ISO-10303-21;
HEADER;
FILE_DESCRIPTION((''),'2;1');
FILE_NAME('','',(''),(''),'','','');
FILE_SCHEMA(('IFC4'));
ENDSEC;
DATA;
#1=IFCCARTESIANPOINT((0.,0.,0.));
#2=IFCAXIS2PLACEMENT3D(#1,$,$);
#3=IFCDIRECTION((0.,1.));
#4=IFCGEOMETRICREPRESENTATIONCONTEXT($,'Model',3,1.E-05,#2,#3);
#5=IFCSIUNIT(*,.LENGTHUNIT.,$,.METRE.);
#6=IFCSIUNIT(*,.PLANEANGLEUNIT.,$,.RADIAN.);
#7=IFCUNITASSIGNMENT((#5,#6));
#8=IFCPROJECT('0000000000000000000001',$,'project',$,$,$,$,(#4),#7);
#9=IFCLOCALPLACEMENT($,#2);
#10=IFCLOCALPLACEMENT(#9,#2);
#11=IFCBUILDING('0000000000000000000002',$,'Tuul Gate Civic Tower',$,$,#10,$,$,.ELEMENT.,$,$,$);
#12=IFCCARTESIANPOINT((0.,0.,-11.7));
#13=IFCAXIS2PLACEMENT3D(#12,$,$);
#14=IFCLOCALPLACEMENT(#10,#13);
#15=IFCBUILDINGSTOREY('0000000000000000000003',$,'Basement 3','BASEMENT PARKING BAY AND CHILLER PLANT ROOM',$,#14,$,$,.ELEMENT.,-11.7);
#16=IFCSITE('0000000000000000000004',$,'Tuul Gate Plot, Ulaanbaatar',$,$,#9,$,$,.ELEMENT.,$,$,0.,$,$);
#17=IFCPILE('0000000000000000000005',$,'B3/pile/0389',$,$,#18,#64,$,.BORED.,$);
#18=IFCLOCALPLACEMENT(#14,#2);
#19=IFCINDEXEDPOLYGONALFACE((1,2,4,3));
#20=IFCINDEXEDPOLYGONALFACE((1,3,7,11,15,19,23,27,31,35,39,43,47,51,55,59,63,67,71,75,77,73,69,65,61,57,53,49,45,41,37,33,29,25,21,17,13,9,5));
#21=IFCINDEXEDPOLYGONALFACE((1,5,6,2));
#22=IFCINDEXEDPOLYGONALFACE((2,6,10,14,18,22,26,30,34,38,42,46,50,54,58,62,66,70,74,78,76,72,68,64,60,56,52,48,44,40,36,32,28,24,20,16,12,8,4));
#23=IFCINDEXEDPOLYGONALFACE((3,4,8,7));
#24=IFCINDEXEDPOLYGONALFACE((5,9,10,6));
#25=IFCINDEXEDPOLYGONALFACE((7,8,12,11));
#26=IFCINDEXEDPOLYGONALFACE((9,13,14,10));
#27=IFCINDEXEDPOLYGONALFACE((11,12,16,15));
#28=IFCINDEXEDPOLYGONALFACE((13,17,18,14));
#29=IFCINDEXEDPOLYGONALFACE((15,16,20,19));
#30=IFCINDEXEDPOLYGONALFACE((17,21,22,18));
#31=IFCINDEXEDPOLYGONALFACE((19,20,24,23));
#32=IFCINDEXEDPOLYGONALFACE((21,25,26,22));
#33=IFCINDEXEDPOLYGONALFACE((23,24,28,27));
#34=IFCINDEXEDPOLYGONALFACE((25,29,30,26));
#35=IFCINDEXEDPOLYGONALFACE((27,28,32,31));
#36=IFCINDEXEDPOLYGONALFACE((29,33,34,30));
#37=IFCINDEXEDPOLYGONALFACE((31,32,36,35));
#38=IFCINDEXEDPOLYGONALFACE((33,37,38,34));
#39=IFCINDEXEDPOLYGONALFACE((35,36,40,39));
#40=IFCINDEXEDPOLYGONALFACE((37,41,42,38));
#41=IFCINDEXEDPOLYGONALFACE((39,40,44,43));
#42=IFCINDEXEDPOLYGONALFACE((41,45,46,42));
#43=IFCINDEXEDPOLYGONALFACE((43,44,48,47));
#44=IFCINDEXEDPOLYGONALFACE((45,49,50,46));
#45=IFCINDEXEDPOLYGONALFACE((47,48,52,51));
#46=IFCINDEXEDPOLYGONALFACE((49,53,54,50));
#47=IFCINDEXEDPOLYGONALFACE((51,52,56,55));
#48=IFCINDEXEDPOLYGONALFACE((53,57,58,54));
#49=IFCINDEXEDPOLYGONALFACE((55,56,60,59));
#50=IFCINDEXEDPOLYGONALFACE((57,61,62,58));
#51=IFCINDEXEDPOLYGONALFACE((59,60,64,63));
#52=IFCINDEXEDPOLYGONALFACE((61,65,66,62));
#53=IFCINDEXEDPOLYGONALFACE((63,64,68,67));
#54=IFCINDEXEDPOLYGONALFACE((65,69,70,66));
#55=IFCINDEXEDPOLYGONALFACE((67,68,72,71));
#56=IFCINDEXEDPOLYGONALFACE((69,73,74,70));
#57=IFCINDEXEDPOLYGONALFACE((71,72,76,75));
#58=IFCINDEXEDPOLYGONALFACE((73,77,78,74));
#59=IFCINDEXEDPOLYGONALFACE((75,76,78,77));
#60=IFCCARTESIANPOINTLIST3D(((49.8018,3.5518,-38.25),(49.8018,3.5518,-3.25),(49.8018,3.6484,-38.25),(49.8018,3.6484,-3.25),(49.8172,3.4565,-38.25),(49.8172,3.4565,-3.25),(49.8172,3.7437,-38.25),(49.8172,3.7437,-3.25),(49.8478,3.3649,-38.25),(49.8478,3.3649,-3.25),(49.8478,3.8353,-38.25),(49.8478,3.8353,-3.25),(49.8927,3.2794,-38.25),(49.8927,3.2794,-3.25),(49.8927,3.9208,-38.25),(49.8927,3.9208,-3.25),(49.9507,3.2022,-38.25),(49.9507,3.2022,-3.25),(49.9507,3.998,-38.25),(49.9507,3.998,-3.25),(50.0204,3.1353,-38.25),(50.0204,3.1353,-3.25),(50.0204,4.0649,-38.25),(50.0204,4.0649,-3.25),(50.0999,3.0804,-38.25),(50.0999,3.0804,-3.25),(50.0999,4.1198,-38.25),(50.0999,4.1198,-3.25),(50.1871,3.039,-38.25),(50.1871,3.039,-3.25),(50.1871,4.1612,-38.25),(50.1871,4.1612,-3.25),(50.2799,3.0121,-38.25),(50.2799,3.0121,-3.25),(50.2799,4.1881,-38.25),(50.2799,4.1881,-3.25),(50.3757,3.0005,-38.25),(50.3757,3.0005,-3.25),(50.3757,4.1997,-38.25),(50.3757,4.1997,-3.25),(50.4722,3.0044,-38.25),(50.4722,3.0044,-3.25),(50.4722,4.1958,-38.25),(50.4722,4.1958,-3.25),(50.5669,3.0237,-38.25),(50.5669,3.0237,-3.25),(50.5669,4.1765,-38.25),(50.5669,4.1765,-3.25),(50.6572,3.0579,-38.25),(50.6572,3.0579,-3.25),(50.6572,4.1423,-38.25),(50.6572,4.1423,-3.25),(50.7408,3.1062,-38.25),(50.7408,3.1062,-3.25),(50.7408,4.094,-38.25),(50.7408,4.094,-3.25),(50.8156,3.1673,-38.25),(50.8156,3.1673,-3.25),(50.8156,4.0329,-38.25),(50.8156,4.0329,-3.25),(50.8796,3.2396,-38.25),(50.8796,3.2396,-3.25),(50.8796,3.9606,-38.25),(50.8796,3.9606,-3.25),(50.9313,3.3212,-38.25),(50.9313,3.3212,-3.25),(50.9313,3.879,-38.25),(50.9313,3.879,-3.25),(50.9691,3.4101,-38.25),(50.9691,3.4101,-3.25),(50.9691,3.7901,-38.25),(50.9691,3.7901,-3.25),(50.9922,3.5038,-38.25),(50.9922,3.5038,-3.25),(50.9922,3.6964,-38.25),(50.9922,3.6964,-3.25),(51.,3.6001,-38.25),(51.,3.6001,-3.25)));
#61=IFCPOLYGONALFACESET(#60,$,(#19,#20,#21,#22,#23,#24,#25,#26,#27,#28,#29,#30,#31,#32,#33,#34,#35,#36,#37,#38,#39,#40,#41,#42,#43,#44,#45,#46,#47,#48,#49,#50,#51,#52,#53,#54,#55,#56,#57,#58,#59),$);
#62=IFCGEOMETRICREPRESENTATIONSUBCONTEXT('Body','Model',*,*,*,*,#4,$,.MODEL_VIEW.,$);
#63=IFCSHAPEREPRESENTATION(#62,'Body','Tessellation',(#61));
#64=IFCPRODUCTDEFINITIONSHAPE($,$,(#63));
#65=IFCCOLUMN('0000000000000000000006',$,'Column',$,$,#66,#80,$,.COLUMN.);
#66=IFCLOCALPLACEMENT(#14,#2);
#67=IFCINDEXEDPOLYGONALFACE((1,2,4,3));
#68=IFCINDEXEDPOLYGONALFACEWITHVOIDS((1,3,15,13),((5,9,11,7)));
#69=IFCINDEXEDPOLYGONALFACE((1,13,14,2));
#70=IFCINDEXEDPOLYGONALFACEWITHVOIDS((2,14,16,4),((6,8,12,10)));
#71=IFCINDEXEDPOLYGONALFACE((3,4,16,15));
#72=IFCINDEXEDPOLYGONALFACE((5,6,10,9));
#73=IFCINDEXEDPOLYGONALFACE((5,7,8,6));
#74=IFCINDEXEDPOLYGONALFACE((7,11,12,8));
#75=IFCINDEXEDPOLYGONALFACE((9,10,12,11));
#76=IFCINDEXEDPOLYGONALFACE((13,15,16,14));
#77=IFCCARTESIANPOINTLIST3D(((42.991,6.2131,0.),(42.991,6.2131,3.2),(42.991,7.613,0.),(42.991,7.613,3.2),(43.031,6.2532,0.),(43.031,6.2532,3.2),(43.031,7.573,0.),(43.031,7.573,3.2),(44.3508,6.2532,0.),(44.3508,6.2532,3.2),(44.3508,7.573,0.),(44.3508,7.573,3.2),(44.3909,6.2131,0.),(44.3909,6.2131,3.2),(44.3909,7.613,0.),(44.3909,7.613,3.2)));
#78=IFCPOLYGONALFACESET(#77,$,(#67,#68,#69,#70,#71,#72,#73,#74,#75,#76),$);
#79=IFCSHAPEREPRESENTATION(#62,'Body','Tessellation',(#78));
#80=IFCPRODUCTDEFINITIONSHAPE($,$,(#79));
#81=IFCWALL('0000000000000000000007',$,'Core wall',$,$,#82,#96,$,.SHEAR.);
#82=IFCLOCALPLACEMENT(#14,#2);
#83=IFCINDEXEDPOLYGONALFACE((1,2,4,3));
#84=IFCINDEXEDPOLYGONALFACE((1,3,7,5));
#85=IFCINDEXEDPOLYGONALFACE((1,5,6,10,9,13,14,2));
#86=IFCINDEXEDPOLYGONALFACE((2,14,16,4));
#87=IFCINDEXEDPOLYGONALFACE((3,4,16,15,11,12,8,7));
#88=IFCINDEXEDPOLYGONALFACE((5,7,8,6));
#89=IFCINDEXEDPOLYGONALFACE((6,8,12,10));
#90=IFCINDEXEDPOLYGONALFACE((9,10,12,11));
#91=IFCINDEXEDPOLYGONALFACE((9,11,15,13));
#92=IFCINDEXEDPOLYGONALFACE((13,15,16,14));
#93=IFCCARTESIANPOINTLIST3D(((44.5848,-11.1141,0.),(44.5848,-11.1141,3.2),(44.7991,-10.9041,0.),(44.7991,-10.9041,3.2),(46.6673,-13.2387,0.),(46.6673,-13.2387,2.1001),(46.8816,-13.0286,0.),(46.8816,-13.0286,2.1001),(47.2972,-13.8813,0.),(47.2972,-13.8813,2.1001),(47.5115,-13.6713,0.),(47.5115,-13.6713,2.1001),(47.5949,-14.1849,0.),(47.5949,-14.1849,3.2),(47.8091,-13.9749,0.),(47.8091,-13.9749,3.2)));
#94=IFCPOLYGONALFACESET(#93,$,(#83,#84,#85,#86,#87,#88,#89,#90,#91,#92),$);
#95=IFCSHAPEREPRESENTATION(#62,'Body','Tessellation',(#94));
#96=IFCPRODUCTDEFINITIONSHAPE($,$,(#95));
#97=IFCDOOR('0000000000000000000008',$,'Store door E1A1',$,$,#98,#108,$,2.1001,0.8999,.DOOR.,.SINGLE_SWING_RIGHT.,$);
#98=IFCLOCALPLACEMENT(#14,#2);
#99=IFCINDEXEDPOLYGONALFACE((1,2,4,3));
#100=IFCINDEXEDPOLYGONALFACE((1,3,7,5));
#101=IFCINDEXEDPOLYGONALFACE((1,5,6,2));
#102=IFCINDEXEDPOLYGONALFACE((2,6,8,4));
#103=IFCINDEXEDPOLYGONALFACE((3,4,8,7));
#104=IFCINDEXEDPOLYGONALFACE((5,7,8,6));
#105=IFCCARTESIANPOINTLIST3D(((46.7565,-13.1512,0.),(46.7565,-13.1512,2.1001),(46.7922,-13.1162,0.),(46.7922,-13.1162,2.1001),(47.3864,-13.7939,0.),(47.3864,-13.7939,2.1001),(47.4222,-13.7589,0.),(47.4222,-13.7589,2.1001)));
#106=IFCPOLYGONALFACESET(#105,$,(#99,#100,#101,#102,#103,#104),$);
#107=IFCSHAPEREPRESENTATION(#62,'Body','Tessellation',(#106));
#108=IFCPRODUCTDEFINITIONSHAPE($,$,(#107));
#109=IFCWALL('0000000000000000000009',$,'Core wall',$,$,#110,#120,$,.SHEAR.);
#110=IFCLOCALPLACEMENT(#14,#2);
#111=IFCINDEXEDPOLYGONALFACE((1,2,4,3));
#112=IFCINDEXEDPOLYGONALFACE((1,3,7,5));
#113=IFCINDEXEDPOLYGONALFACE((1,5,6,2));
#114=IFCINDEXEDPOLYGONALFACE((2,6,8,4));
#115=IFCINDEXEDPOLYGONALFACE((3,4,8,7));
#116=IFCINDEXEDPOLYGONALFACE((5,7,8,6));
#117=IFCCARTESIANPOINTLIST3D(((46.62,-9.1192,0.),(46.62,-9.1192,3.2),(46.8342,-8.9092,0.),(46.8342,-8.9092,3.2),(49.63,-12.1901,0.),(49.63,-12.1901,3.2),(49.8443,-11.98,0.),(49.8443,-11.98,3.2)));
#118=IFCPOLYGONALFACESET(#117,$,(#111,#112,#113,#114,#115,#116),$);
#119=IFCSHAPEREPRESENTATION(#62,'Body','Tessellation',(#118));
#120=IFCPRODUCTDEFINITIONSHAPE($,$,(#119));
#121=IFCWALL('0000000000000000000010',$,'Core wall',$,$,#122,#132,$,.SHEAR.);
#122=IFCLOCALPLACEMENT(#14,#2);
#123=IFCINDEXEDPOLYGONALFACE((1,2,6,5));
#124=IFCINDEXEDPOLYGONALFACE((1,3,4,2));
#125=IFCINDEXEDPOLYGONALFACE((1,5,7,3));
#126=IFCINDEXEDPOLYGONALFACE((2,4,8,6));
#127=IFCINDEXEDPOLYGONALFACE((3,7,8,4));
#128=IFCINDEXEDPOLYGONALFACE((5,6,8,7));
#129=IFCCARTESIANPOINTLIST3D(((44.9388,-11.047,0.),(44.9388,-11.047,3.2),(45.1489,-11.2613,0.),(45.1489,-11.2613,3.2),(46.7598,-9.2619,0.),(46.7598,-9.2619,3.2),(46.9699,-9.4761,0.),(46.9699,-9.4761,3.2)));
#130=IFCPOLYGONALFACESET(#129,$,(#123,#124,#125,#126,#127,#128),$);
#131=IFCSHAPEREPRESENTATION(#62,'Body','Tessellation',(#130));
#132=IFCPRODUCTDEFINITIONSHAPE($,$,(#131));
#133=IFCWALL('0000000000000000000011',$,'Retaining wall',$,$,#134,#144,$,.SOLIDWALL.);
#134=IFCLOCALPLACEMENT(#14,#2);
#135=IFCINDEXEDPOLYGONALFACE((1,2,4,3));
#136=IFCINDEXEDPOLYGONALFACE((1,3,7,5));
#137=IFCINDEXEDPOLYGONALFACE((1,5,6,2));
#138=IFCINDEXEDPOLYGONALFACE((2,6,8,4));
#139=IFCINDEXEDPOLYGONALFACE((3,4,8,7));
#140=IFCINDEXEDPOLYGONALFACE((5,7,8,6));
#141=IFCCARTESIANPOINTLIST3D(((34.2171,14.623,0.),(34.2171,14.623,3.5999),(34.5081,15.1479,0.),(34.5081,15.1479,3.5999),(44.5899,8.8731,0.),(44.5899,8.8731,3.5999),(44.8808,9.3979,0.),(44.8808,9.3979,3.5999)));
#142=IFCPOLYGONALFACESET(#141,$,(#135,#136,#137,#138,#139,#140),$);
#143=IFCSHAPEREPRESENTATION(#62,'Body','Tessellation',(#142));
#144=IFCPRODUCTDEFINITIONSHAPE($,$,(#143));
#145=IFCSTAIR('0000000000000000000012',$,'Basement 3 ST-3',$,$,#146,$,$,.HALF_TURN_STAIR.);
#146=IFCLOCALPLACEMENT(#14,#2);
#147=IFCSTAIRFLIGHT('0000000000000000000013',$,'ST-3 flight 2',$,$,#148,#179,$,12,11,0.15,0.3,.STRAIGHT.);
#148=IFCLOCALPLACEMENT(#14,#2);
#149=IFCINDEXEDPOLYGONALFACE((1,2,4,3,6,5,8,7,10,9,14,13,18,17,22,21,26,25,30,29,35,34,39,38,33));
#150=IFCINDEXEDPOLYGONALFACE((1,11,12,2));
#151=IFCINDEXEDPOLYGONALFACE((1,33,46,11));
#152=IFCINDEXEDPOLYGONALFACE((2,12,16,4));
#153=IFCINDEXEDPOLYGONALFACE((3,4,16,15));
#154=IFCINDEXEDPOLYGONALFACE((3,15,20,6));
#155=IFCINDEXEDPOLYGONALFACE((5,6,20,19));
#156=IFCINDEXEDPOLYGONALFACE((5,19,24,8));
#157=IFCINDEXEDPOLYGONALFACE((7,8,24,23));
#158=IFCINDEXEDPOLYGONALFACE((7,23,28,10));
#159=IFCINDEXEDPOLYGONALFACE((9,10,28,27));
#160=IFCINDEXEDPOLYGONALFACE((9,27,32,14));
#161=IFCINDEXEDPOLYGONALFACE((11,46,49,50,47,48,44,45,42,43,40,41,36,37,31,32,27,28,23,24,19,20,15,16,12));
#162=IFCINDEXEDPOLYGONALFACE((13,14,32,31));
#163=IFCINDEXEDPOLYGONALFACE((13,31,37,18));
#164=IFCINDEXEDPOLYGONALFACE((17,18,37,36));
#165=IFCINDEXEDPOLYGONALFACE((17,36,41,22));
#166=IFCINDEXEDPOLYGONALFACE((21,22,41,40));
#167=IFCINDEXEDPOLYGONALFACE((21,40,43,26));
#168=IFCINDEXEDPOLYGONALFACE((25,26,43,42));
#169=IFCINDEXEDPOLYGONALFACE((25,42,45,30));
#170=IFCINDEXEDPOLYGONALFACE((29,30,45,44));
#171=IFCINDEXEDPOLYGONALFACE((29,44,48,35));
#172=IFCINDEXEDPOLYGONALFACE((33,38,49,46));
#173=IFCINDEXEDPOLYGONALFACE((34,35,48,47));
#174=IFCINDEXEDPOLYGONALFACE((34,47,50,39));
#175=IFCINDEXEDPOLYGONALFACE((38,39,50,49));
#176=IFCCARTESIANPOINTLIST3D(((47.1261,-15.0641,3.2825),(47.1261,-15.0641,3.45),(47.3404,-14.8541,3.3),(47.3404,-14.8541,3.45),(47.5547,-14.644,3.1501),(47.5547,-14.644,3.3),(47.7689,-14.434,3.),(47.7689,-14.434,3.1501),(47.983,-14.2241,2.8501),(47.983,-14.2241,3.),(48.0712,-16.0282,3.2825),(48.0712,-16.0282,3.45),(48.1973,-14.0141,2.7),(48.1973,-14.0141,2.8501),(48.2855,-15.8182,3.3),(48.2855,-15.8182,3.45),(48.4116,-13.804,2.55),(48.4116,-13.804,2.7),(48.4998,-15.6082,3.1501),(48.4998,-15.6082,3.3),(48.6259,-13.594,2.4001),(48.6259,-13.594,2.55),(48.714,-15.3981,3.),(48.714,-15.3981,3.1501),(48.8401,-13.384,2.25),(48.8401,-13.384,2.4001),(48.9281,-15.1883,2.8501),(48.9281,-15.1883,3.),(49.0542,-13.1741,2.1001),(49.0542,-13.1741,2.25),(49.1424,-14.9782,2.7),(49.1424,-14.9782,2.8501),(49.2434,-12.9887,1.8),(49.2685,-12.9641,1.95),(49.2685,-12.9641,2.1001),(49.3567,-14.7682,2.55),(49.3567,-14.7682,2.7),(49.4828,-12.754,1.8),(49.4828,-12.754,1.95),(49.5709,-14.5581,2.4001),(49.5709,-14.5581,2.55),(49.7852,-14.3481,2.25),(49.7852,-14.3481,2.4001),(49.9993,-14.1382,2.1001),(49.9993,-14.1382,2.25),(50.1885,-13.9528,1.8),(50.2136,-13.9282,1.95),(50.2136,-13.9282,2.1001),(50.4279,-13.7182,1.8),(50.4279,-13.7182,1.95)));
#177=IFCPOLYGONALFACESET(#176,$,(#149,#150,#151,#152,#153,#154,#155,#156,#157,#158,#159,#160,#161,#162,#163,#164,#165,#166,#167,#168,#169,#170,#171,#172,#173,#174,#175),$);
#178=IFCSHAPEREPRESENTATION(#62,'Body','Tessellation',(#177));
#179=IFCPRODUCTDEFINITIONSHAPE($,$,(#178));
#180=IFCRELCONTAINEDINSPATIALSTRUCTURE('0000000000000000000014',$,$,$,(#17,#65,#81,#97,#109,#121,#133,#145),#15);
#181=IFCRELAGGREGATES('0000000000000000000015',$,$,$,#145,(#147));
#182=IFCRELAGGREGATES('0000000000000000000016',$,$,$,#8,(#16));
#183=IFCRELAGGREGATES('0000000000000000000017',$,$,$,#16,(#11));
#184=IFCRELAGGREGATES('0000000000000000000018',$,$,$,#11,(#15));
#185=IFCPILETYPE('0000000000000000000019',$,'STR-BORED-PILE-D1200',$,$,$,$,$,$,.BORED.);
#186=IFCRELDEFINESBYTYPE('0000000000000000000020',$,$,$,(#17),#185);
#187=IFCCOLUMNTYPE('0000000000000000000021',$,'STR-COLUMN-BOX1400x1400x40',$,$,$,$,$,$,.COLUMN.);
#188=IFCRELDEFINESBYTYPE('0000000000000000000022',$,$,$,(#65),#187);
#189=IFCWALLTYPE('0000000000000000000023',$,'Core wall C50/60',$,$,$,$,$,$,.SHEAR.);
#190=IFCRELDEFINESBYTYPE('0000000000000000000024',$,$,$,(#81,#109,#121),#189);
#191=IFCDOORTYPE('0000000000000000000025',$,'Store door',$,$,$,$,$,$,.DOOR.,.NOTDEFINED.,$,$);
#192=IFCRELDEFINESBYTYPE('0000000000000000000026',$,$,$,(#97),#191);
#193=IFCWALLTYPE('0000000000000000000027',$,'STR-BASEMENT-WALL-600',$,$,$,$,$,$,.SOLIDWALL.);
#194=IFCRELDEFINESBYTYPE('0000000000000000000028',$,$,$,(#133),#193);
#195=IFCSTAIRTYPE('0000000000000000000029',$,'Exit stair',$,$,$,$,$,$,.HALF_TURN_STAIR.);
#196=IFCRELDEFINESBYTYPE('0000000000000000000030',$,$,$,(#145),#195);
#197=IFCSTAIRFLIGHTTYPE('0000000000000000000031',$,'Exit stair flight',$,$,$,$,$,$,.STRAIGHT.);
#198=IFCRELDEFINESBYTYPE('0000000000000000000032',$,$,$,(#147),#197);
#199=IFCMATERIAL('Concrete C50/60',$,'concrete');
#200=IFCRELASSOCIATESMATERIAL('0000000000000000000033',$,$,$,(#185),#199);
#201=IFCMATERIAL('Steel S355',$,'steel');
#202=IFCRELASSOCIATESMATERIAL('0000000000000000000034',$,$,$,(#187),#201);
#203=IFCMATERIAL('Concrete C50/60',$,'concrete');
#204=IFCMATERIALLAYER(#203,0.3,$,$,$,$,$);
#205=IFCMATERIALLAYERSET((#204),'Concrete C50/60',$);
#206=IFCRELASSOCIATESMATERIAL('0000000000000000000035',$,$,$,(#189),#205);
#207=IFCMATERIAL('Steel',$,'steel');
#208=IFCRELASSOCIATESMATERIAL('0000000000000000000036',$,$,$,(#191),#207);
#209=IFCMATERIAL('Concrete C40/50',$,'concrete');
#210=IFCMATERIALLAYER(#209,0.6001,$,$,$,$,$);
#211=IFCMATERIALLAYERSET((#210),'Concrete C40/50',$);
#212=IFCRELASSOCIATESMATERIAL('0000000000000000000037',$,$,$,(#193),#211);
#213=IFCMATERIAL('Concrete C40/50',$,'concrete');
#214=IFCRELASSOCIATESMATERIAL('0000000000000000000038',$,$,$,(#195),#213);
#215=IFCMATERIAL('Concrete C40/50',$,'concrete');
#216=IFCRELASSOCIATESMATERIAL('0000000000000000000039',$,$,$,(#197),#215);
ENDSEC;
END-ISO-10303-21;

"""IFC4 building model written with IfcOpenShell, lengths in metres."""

from ifc_helpers import new_model, si_unit, direction, frame, frame_2d, origin, origin_2d, place, context, subcontext, project, spatial, polyline, rectangle, hollow_rectangle, circle, outline, extrude, material, layer, layer_set, material_profile, profile_set, type_object, element, fill, aggregate, save


model = new_model("IFC4")

# Units and contexts
model_context = context("Model", 3, precision=1e-05, world=origin(), true_north=direction((0.0, 1.0)))
body_context = subcontext(model_context, "Body", "Model", "MODEL_VIEW")
ifc_project = project(units=[si_unit("LENGTHUNIT", "METRE"), si_unit("PLANEANGLEUNIT", "RADIAN")], contexts=[model_context])

# Site, building, storey
site_placement = place(None, origin())
site = spatial("IfcSite", under=ifc_project, at=site_placement, Name="Tuul Gate Plot, Ulaanbaatar", CompositionType="ELEMENT", RefElevation=0.0)
building_placement = place(site_placement, origin())
building = spatial("IfcBuilding", under=site, at=building_placement, Name="Tuul Gate Civic Tower", CompositionType="ELEMENT")
storey_placement = place(building_placement, frame((0.0, 0.0, -11.7)))
storey = spatial("IfcBuildingStorey", under=building, at=storey_placement, Name="Basement 3", Description="BASEMENT PARKING BAY AND CHILLER PLANT ROOM", CompositionType="ELEMENT", Elevation=-11.7)

# Pile
ifc_material_1 = material(Name="Concrete C50/60", Category="concrete")
ifc_material_profile_1 = material_profile(ifc_material_1, circle(Radius=0.6001, at=origin_2d()), Name="PILE1200")
ifc_profile_set_1 = profile_set([ifc_material_profile_1], Name="Concrete C50/60")
pile_type = type_object("IfcPileType", Name="STR-BORED-PILE-D1200", PredefinedType="BORED", material=ifc_profile_set_1)
for number, where, z_axis, x_axis, name in (
    (1, (50.3999, 3.6001, -3.25), (0.0, 0.0, -1.0), (1.0, 0.0, 0.0), "B3/pile/0389"),
):
    element("IfcPile", number, at=place(storey_placement, frame(where, z_axis=z_axis, x_axis=x_axis)), inside=storey, type_object=pile_type, Name=name, PredefinedType="BORED", context=body_context, shape_type="SweptSolid", body=[
        extrude(circle(Radius=0.6001, at=origin_2d()), origin(), (0.0, 0.0, 1.0), 35.0),
    ])

# Column
ifc_material_2 = material(Name="Steel S355", Category="steel")
ifc_material_profile_2 = material_profile(ifc_material_2, hollow_rectangle(XDim=1.3999, YDim=1.3999, WallThickness=0.04, at=origin_2d()), Name="BOX1400x1400x40")
ifc_profile_set_2 = profile_set([ifc_material_profile_2], Name="Steel S355")
column_type = type_object("IfcColumnType", Name="STR-COLUMN-BOX1400x1400x40", PredefinedType="COLUMN", material=ifc_profile_set_2)
column_placement = place(storey_placement, frame((43.6909, 6.9131, 0.0), z_axis=(0.0, 0.0, 1.0), x_axis=(1.0, 0.0, 0.0)))
element("IfcColumn", 2, at=column_placement, inside=storey, type_object=column_type, Name="Column", PredefinedType="COLUMN", context=body_context, shape_type="SweptSolid", body=[
    extrude(hollow_rectangle(XDim=1.3999, YDim=1.3999, WallThickness=0.04, at=origin_2d()), origin(), (0.0, 0.0, 1.0), 3.2),
])

# Wall, opening, door
ifc_material_3 = material(Name="Concrete C50/60", Category="concrete")
ifc_layer_1 = layer(ifc_material_3, 0.3)
ifc_layer_set_1 = layer_set([ifc_layer_1], Name="Concrete C50/60")
wall_type_1 = type_object("IfcWallType", Name="Core wall C50/60", PredefinedType="SHEAR", material=ifc_layer_set_1)
wall_1_placement = place(storey_placement, frame((47.7019, -14.0798, 0.0), z_axis=(0.0, 0.0, 1.0), x_axis=(-0.700003, 0.71414, 0.0)))
wall_1 = element("IfcWall", 3, at=wall_1_placement, inside=storey, type_object=wall_type_1, Name="Core wall", PredefinedType="SHEAR", context=body_context, shape_type="SweptSolid", body=[
    extrude(rectangle(XDim=4.3, YDim=0.3, at=frame_2d((2.1499, 0.0))), origin(), (0.0, 0.0, 1.0), 3.2),
])
opening_placement = place(wall_1_placement, frame((0.425, 0.0, 0.0)))
opening = element("IfcOpeningElement", 4, at=opening_placement, cuts=wall_1, PredefinedType="OPENING", context=body_context, shape_type="SweptSolid", body=[
    extrude(rectangle(XDim=0.8999, YDim=2.1001, at=frame_2d((0.45, 1.05))), frame((0.0, 0.1602, 0.0), z_axis=(0.0, -1.0, 0.0), x_axis=(1.0, 0.0, 0.0)), (0.0, 0.0, 1.0), 0.3201),
])
ifc_material_4 = material(Name="Steel", Category="steel")
door_type = type_object("IfcDoorType", Name="Store door", OperationType="NOTDEFINED", PredefinedType="DOOR", material=ifc_material_4)
door_placement = place(opening_placement, frame((0.8999, 0.0, 0.0), z_axis=(0.0, 0.0, 1.0), x_axis=(-1.0, 0.0, 0.0)))
door = element("IfcDoor", 5, at=door_placement, inside=storey, type_object=door_type, Name="Store door E1A1", OperationType="SINGLE_SWING_RIGHT", OverallHeight=2.1001, OverallWidth=0.8999, PredefinedType="DOOR", context=body_context, shape_type="SweptSolid", body=[
    extrude(rectangle(XDim=0.8999, YDim=2.1001, at=frame_2d((0.45, 1.05))), frame((0.0, 0.0249, 0.0), z_axis=(0.0, -1.0, 0.0), x_axis=(1.0, 0.0, 0.0)), (0.0, 0.0, 1.0), 0.05),
])
fill(opening, door)

# Walls
wall_2_placement = place(storey_placement, frame((49.7371, -12.085, 0.0), z_axis=(0.0, 0.0, 1.0), x_axis=(-0.700003, 0.71414, 0.0)))
element("IfcWall", 6, at=wall_2_placement, inside=storey, type_object=wall_type_1, Name="Core wall", PredefinedType="SHEAR", context=body_context, shape_type="SweptSolid", body=[
    extrude(rectangle(XDim=4.3, YDim=0.3, at=frame_2d((2.1499, 0.0))), origin(), (0.0, 0.0, 1.0), 3.2),
])
wall_3_placement = place(storey_placement, frame((45.0439, -11.1541, 0.0), z_axis=(0.0, 0.0, 1.0), x_axis=(0.714108, 0.700035, 0.0)))
element("IfcWall", 7, at=wall_3_placement, inside=storey, type_object=wall_type_1, Name="Core wall", PredefinedType="SHEAR", context=body_context, shape_type="SweptSolid", body=[
    extrude(rectangle(XDim=2.55, YDim=0.3, at=frame_2d((1.2749, 0.0))), origin(), (0.0, 0.0, 1.0), 3.2),
])
ifc_material_5 = material(Name="Concrete C40/50", Category="concrete")
ifc_layer_2 = layer(ifc_material_5, 0.6001)
ifc_layer_set_2 = layer_set([ifc_layer_2], Name="Concrete C40/50")
wall_type_2 = type_object("IfcWallType", Name="STR-BASEMENT-WALL-600", PredefinedType="SOLIDWALL", material=ifc_layer_set_2)
wall_4_placement = place(storey_placement, frame((44.7354, 9.1355, 0.0), z_axis=(0.0, 0.0, 1.0), x_axis=(-0.87461, 0.484826, 0.0)))
element("IfcWall", 8, at=wall_4_placement, inside=storey, type_object=wall_type_2, Name="Retaining wall", PredefinedType="SOLIDWALL", context=body_context, shape_type="SweptSolid", body=[
    extrude(rectangle(XDim=11.8599, YDim=0.6001, at=frame_2d((5.9299, 0.0))), origin(), (0.0, 0.0, 1.0), 3.5999),
])

# Stair, stair flight
ifc_material_6 = material(Name="Concrete C40/50", Category="concrete")
stair_type = type_object("IfcStairType", Name="Exit stair", PredefinedType="HALF_TURN_STAIR", material=ifc_material_6)
stair_placement = place(storey_placement, origin())
stair = element("IfcStair", 9, at=stair_placement, inside=storey, type_object=stair_type, Name="Basement 3 ST-3", PredefinedType="HALF_TURN_STAIR")
ifc_material_7 = material(Name="Concrete C40/50", Category="concrete")
stair_flight_type = type_object("IfcStairFlightType", Name="Exit stair flight", PredefinedType="STRAIGHT", material=ifc_material_7)
stair_flight_placement = place(storey_placement, frame((49.9553, -13.2361, 1.8), z_axis=(0.0, 0.0, 1.0), x_axis=(-0.714127, -0.700016, 0.0)))
stair_flight = element("IfcStairFlight", 10, at=stair_flight_placement, type_object=stair_flight_type, Name="ST-3 flight 2", NumberOfRisers=12, NumberOfTreads=11, PredefinedType="STRAIGHT", RiserHeight=0.15, TreadLength=0.3, context=body_context, shape_type="SweptSolid", body=[
    extrude(outline(polyline([(0.0, 0.0), (0.0, 0.1499), (0.3, 0.1499), (0.3, 0.3), (0.6001, 0.3), (0.6001, 0.45), (0.8999, 0.45), (0.8999, 0.6001), (1.2, 0.6001), (1.2, 0.75), (1.5, 0.75), (1.5, 0.8999), (1.8, 0.8999), (1.8, 1.05), (2.1001, 1.05), (2.1001, 1.2), (2.3999, 1.2), (2.3999, 1.3501), (2.7, 1.3501), (2.7, 1.5), (3.0, 1.5), (3.0, 1.6499), (3.3, 1.6499), (3.3, 1.8), (3.3, 1.4824), (0.3352, 0.0), (0.0, 0.0)])), frame((0.0, 0.675, 0.0), z_axis=(0.0, -1.0, 0.0), x_axis=(1.0, 0.0, 0.0)), (0.0, 0.0, 1.0), 1.3501),
])
aggregate(stair, [stair_flight])

save(model, "model.ifc")
